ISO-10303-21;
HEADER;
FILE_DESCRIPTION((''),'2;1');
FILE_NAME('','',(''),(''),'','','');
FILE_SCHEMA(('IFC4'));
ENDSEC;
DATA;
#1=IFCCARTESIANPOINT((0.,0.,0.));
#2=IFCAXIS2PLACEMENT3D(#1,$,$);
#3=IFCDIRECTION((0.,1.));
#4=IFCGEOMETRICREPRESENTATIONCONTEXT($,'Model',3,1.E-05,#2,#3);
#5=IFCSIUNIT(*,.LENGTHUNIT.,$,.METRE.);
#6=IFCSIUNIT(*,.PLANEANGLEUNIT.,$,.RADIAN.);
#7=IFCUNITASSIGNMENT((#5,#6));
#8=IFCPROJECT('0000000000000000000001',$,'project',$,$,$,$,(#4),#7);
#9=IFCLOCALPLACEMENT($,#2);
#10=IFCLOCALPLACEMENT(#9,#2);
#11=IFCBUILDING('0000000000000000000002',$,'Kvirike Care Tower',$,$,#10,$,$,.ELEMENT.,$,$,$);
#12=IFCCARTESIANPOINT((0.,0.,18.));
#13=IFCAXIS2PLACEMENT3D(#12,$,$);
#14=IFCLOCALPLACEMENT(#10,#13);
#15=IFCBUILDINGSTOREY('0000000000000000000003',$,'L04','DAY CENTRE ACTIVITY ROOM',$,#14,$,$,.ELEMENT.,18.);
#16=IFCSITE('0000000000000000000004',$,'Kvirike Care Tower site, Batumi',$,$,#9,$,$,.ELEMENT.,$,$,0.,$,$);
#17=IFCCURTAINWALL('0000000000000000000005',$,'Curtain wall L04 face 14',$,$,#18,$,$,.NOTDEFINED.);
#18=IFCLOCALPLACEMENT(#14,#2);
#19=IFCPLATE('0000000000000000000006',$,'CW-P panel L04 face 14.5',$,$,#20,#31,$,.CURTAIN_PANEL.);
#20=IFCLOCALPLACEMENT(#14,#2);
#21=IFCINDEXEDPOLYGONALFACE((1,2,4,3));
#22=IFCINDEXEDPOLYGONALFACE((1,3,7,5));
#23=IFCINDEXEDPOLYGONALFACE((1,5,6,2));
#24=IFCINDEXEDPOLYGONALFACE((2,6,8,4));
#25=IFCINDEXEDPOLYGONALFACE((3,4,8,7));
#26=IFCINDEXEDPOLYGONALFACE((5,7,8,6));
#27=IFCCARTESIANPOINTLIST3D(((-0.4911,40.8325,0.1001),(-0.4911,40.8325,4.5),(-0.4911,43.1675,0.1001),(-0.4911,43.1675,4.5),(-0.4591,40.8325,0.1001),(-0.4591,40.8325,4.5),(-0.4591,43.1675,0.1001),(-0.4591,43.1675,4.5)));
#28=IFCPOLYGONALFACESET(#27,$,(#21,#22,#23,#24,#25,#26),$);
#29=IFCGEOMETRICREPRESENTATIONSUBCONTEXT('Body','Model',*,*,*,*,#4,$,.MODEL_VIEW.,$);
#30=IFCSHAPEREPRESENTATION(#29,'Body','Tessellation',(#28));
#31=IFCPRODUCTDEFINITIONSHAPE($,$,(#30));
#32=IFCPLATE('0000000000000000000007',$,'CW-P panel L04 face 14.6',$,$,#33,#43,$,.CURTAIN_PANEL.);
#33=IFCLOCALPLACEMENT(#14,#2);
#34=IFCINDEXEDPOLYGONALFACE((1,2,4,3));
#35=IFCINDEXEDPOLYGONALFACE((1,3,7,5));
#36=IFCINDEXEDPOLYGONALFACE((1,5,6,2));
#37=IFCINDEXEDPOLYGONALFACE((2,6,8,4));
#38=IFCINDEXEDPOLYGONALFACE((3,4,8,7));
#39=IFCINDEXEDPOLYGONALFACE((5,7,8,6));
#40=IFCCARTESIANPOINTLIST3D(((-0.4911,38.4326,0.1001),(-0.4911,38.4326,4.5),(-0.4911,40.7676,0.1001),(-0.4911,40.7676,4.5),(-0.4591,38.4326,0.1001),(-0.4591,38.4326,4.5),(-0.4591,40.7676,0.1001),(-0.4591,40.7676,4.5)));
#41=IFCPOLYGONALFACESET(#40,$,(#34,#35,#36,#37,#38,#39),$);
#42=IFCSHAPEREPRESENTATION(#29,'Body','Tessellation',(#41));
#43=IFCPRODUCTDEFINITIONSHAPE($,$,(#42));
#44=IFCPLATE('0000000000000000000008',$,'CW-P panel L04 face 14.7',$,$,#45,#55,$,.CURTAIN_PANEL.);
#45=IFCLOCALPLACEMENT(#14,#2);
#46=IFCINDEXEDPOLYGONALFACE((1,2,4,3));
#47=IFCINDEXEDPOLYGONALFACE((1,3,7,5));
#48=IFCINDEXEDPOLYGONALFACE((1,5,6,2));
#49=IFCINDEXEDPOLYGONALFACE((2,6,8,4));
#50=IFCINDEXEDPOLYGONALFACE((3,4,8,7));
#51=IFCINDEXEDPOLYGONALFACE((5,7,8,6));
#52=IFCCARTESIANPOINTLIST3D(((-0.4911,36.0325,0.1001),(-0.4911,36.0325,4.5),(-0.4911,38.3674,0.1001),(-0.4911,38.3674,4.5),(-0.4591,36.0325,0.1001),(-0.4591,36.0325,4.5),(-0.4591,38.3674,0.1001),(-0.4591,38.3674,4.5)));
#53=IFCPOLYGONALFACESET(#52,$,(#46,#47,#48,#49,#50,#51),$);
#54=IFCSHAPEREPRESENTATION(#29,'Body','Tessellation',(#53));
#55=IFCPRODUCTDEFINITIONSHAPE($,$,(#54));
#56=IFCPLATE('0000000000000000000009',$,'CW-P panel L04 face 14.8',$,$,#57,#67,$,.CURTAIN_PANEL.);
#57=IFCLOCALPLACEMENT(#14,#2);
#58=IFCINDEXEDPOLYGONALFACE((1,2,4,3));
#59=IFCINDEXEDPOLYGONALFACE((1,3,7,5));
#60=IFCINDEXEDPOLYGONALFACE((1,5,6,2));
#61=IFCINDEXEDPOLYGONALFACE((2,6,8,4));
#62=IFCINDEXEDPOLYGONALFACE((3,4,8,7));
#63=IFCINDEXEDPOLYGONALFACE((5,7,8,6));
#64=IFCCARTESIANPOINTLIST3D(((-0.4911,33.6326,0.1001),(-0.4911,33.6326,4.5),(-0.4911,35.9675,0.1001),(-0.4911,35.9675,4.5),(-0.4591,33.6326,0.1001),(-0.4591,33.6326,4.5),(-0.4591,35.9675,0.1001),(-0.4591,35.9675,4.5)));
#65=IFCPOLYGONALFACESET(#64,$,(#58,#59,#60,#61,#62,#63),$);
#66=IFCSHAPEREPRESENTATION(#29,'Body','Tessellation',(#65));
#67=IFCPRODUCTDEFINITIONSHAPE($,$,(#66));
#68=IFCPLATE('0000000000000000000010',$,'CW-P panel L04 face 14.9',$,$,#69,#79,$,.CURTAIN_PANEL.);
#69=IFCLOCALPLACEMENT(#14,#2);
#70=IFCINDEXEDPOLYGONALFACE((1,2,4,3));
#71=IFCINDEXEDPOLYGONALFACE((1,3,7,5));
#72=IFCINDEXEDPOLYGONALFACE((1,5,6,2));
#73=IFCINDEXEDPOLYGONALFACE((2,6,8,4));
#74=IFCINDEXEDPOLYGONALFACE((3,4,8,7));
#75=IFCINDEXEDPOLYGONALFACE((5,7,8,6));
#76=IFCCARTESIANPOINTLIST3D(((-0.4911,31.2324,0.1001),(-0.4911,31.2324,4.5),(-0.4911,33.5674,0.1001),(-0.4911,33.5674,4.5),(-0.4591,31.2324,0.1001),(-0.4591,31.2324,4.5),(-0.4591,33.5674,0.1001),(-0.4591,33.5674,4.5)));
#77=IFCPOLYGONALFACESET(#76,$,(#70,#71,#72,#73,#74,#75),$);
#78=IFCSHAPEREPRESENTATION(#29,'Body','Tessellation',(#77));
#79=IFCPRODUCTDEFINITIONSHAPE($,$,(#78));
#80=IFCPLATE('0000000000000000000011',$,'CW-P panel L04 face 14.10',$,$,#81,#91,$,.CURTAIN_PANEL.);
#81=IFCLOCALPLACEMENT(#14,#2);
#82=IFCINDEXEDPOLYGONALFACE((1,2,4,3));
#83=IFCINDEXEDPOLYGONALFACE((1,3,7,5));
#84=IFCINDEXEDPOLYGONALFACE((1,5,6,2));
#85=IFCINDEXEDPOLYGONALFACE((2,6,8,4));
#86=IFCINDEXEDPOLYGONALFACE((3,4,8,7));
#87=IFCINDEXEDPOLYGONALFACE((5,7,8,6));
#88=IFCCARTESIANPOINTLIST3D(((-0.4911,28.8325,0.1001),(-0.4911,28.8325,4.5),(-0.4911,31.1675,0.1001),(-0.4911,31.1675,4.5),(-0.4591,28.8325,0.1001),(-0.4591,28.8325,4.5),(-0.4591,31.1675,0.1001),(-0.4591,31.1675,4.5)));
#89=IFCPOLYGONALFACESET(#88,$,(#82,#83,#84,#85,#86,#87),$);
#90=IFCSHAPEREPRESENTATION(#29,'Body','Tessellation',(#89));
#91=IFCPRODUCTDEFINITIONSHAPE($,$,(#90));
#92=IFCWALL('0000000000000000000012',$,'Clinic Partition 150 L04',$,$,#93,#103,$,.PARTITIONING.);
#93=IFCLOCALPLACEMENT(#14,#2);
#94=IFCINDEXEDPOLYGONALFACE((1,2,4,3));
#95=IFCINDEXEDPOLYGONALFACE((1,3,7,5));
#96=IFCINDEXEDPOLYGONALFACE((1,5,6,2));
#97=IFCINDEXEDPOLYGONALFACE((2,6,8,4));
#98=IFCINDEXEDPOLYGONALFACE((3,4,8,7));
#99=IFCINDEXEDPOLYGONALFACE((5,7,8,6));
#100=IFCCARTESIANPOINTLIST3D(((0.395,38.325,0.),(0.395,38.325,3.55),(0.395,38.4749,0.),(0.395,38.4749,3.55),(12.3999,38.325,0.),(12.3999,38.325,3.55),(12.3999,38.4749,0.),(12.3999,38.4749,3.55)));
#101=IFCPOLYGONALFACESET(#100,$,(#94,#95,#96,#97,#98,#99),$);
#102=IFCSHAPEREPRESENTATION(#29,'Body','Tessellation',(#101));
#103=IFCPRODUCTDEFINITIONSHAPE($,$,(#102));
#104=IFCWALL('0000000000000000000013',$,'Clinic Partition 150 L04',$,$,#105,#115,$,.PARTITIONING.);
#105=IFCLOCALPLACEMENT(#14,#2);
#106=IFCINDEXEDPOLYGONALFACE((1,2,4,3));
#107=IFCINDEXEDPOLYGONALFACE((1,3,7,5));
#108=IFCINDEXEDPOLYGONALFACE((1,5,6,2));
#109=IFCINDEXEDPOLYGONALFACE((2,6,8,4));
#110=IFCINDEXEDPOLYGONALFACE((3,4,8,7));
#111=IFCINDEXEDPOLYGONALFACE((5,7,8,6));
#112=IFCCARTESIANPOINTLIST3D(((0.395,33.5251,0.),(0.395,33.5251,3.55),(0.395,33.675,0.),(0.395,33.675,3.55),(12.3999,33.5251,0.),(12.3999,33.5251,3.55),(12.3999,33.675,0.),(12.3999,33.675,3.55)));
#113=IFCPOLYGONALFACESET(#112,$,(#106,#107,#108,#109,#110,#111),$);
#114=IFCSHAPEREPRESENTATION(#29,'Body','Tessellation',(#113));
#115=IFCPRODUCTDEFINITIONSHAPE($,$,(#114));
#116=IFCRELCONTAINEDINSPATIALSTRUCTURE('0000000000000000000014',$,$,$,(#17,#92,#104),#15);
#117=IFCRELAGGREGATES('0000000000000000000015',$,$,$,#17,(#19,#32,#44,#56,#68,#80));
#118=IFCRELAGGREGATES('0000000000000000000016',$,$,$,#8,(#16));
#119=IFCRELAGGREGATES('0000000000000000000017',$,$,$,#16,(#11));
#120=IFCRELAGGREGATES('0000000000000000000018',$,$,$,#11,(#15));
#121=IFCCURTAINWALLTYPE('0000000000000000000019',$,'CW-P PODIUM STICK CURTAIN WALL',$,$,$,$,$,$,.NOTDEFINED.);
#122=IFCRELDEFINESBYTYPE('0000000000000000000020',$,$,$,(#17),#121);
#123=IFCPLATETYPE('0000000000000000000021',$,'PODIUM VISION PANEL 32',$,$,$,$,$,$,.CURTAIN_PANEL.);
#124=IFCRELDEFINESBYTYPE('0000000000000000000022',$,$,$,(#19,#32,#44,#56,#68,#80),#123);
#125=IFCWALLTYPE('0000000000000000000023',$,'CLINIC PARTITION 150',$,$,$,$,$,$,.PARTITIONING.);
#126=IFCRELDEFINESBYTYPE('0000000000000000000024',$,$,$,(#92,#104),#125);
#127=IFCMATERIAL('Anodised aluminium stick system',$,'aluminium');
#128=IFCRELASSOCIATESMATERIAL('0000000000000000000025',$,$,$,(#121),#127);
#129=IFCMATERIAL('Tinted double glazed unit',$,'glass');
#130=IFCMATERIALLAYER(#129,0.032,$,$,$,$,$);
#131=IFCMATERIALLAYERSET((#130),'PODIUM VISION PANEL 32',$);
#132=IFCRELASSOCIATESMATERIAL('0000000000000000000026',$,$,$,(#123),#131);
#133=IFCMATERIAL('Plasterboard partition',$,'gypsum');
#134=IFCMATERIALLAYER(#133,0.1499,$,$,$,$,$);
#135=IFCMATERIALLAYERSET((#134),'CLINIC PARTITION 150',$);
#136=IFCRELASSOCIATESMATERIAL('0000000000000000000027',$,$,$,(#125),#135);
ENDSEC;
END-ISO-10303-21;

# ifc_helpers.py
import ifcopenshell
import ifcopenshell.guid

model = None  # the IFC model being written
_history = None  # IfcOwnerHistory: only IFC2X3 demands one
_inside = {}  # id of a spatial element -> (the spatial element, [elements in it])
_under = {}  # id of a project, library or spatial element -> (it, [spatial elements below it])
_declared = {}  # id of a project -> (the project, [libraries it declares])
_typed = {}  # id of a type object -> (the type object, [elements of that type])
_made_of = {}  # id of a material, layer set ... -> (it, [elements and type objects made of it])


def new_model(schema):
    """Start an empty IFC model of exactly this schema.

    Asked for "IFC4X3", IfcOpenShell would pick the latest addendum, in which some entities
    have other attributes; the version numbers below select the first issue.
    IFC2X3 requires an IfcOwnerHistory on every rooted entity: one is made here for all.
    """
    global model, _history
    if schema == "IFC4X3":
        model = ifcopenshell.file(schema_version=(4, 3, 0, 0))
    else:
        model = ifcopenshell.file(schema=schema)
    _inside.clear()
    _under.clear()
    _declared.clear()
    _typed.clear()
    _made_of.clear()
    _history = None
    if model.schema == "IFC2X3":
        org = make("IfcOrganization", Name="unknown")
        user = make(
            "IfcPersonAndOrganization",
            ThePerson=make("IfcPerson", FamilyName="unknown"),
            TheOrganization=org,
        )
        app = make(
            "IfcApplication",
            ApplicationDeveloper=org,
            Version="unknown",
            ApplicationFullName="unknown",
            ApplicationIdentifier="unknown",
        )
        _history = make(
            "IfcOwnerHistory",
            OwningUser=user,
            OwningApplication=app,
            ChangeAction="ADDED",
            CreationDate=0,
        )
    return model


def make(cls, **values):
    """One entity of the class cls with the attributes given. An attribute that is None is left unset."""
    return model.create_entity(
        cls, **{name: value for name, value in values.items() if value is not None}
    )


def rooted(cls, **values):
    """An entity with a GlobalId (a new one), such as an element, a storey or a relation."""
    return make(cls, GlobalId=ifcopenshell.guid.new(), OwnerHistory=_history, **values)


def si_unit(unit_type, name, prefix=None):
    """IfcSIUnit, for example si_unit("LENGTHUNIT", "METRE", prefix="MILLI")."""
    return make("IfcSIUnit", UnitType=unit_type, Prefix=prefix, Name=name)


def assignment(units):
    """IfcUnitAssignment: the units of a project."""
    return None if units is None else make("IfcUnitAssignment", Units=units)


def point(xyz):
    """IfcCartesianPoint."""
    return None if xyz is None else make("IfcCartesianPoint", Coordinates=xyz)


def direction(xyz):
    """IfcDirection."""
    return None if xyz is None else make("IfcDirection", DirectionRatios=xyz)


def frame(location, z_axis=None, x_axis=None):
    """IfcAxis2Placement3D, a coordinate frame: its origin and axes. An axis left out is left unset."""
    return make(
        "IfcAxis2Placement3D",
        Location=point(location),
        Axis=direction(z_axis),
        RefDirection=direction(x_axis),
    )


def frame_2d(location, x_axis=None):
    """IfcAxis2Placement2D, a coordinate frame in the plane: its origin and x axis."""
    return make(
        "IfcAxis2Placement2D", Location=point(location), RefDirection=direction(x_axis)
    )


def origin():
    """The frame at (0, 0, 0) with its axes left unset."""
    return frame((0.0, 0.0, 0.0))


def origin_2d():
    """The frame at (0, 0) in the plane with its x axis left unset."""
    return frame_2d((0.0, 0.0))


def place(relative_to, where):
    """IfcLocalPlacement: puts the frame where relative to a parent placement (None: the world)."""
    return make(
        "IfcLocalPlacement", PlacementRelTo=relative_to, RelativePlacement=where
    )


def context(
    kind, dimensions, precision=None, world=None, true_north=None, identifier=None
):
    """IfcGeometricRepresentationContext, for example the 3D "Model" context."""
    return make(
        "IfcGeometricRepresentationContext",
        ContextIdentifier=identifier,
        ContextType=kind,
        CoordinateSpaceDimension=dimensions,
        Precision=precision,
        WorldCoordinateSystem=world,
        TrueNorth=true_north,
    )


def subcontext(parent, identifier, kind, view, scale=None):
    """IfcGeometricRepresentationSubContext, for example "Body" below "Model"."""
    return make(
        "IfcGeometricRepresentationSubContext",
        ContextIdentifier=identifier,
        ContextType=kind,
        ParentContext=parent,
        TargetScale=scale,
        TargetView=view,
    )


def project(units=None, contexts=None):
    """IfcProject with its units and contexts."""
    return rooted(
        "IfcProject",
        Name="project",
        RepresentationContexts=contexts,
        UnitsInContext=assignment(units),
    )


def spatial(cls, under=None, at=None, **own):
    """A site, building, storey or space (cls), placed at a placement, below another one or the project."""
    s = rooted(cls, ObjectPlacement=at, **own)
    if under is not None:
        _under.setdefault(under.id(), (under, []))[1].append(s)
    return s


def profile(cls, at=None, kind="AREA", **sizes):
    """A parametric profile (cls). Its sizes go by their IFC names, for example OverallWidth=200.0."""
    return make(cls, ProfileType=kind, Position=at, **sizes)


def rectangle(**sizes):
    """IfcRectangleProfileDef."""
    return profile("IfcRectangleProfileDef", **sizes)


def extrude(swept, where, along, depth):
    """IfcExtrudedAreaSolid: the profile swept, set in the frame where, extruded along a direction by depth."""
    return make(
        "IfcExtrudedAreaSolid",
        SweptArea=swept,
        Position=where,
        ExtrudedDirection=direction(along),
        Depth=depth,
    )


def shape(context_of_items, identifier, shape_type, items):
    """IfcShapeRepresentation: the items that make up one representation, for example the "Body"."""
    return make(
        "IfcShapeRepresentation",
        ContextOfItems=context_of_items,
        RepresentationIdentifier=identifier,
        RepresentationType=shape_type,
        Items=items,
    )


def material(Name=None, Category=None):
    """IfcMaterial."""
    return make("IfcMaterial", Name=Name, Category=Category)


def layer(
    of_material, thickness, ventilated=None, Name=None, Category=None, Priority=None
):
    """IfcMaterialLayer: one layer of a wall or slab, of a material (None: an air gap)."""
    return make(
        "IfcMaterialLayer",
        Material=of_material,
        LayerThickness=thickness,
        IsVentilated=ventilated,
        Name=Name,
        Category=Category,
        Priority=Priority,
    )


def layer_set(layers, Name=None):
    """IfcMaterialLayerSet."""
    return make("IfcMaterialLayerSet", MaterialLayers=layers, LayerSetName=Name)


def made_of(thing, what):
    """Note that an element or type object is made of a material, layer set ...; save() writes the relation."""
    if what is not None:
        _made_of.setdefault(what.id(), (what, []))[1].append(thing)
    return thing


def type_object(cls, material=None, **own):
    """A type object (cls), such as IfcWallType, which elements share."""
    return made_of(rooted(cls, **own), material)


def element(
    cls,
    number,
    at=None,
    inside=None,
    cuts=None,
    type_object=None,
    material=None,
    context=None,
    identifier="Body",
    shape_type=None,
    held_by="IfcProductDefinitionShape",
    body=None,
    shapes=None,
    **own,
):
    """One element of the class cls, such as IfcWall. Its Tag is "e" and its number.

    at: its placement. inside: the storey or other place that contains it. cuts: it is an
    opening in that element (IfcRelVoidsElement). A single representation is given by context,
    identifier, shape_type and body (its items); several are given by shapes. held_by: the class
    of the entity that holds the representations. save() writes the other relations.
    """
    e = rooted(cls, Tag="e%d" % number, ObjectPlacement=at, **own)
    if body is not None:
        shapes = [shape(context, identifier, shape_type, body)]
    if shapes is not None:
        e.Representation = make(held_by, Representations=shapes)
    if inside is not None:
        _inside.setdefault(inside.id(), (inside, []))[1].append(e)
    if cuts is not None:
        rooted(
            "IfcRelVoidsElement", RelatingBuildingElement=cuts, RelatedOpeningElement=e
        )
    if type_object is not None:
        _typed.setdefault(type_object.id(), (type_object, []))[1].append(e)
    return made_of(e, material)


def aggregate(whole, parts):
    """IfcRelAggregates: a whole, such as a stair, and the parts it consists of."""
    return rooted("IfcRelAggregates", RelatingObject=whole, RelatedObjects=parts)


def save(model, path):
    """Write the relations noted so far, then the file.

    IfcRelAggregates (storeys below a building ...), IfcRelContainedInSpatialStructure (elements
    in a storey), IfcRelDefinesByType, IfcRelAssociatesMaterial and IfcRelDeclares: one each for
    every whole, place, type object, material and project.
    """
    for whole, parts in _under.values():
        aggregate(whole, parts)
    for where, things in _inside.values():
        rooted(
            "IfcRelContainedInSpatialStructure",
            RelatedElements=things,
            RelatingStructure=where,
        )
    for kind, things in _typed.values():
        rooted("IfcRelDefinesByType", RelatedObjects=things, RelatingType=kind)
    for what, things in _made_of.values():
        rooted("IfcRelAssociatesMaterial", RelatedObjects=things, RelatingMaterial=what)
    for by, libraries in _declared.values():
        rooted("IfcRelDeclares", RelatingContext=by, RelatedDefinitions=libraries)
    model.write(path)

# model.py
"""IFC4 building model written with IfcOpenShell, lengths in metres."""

from ifc_helpers import new_model, si_unit, direction, frame, frame_2d, origin, origin_2d, place, context, subcontext, project, spatial, rectangle, extrude, material, layer, layer_set, type_object, element, aggregate, save


model = new_model("IFC4")

# Units and contexts
model_context = context("Model", 3, precision=1e-05, world=origin(), true_north=direction((0.0, 1.0)))
body_context = subcontext(model_context, "Body", "Model", "MODEL_VIEW")
ifc_project = project(units=[si_unit("LENGTHUNIT", "METRE"), si_unit("PLANEANGLEUNIT", "RADIAN")], contexts=[model_context])

# Site, building, storey
site_placement = place(None, origin())
site = spatial("IfcSite", under=ifc_project, at=site_placement, Name="Kvirike Care Tower site, Batumi", CompositionType="ELEMENT", RefElevation=0.0)
building_placement = place(site_placement, origin())
building = spatial("IfcBuilding", under=site, at=building_placement, Name="Kvirike Care Tower", CompositionType="ELEMENT")
storey_placement = place(building_placement, frame((0.0, 0.0, 18.0)))
storey = spatial("IfcBuildingStorey", under=building, at=storey_placement, Name="L04", Description="DAY CENTRE ACTIVITY ROOM", CompositionType="ELEMENT", Elevation=18.0)

# Curtain wall
ifc_material_1 = material(Name="Anodised aluminium stick system", Category="aluminium")
curtain_wall_type = type_object("IfcCurtainWallType", Name="CW-P PODIUM STICK CURTAIN WALL", PredefinedType="NOTDEFINED", material=ifc_material_1)
curtain_wall_placement = place(storey_placement, origin())
curtain_wall = element("IfcCurtainWall", 1, at=curtain_wall_placement, inside=storey, type_object=curtain_wall_type, Name="Curtain wall L04 face 14", PredefinedType="NOTDEFINED")

# Plates
ifc_material_2 = material(Name="Tinted double glazed unit", Category="glass")
ifc_layer_1 = layer(ifc_material_2, 0.032)
ifc_layer_set_1 = layer_set([ifc_layer_1], Name="PODIUM VISION PANEL 32")
plate_type = type_object("IfcPlateType", Name="PODIUM VISION PANEL 32", PredefinedType="CURTAIN_PANEL", material=ifc_layer_set_1)
plate_1_placement = place(storey_placement, frame((-0.4751, 42.0, 0.1001), z_axis=(0.0, 0.0, 1.0), x_axis=(0.0, -1.0, 0.0)))
plate_1 = element("IfcPlate", 2, at=plate_1_placement, type_object=plate_type, Name="CW-P panel L04 face 14.5", PredefinedType="CURTAIN_PANEL", context=body_context, shape_type="SweptSolid", body=[
    extrude(rectangle(XDim=2.335, YDim=0.032, at=origin_2d()), origin(), (0.0, 0.0, 1.0), 4.3999),
])
plate_2_placement = place(storey_placement, frame((-0.4751, 39.6001, 0.1001), z_axis=(0.0, 0.0, 1.0), x_axis=(0.0, -1.0, 0.0)))
plate_2 = element("IfcPlate", 3, at=plate_2_placement, type_object=plate_type, Name="CW-P panel L04 face 14.6", PredefinedType="CURTAIN_PANEL", context=body_context, shape_type="SweptSolid", body=[
    extrude(rectangle(XDim=2.335, YDim=0.032, at=origin_2d()), origin(), (0.0, 0.0, 1.0), 4.3999),
])
plate_3_placement = place(storey_placement, frame((-0.4751, 37.2, 0.1001), z_axis=(0.0, 0.0, 1.0), x_axis=(0.0, -1.0, 0.0)))
plate_3 = element("IfcPlate", 4, at=plate_3_placement, type_object=plate_type, Name="CW-P panel L04 face 14.7", PredefinedType="CURTAIN_PANEL", context=body_context, shape_type="SweptSolid", body=[
    extrude(rectangle(XDim=2.335, YDim=0.032, at=origin_2d()), origin(), (0.0, 0.0, 1.0), 4.3999),
])
plate_4_placement = place(storey_placement, frame((-0.4751, 34.8, 0.1001), z_axis=(0.0, 0.0, 1.0), x_axis=(0.0, -1.0, 0.0)))
plate_4 = element("IfcPlate", 5, at=plate_4_placement, type_object=plate_type, Name="CW-P panel L04 face 14.8", PredefinedType="CURTAIN_PANEL", context=body_context, shape_type="SweptSolid", body=[
    extrude(rectangle(XDim=2.335, YDim=0.032, at=origin_2d()), origin(), (0.0, 0.0, 1.0), 4.3999),
])
plate_5_placement = place(storey_placement, frame((-0.4751, 32.3999, 0.1001), z_axis=(0.0, 0.0, 1.0), x_axis=(0.0, -1.0, 0.0)))
plate_5 = element("IfcPlate", 6, at=plate_5_placement, type_object=plate_type, Name="CW-P panel L04 face 14.9", PredefinedType="CURTAIN_PANEL", context=body_context, shape_type="SweptSolid", body=[
    extrude(rectangle(XDim=2.335, YDim=0.032, at=origin_2d()), origin(), (0.0, 0.0, 1.0), 4.3999),
])
plate_6_placement = place(storey_placement, frame((-0.4751, 30.0, 0.1001), z_axis=(0.0, 0.0, 1.0), x_axis=(0.0, -1.0, 0.0)))
plate_6 = element("IfcPlate", 7, at=plate_6_placement, type_object=plate_type, Name="CW-P panel L04 face 14.10", PredefinedType="CURTAIN_PANEL", context=body_context, shape_type="SweptSolid", body=[
    extrude(rectangle(XDim=2.335, YDim=0.032, at=origin_2d()), origin(), (0.0, 0.0, 1.0), 4.3999),
])
aggregate(curtain_wall, [plate_1, plate_2, plate_3, plate_4, plate_5, plate_6])

# Walls
ifc_material_3 = material(Name="Plasterboard partition", Category="gypsum")
ifc_layer_2 = layer(ifc_material_3, 0.1499)
ifc_layer_set_2 = layer_set([ifc_layer_2], Name="CLINIC PARTITION 150")
wall_type = type_object("IfcWallType", Name="CLINIC PARTITION 150", PredefinedType="PARTITIONING", material=ifc_layer_set_2)
for number, where, z_axis, x_axis, name in (
    (8, (0.395, 38.3999, 0.0), (0.0, 0.0, 1.0), (1.0, 0.0, 0.0), "Clinic Partition 150 L04"),
    (9, (0.395, 33.6001, 0.0), (0.0, 0.0, 1.0), (1.0, 0.0, 0.0), "Clinic Partition 150 L04"),
):
    element("IfcWall", number, at=place(storey_placement, frame(where, z_axis=z_axis, x_axis=x_axis)), inside=storey, type_object=wall_type, Name=name, PredefinedType="PARTITIONING", context=body_context, shape_type="SweptSolid", body=[
        extrude(rectangle(XDim=12.0049, YDim=0.1499, at=frame_2d((6.0024, 0.0))), origin(), (0.0, 0.0, 1.0), 3.55),
    ])

save(model, "model.ifc")
